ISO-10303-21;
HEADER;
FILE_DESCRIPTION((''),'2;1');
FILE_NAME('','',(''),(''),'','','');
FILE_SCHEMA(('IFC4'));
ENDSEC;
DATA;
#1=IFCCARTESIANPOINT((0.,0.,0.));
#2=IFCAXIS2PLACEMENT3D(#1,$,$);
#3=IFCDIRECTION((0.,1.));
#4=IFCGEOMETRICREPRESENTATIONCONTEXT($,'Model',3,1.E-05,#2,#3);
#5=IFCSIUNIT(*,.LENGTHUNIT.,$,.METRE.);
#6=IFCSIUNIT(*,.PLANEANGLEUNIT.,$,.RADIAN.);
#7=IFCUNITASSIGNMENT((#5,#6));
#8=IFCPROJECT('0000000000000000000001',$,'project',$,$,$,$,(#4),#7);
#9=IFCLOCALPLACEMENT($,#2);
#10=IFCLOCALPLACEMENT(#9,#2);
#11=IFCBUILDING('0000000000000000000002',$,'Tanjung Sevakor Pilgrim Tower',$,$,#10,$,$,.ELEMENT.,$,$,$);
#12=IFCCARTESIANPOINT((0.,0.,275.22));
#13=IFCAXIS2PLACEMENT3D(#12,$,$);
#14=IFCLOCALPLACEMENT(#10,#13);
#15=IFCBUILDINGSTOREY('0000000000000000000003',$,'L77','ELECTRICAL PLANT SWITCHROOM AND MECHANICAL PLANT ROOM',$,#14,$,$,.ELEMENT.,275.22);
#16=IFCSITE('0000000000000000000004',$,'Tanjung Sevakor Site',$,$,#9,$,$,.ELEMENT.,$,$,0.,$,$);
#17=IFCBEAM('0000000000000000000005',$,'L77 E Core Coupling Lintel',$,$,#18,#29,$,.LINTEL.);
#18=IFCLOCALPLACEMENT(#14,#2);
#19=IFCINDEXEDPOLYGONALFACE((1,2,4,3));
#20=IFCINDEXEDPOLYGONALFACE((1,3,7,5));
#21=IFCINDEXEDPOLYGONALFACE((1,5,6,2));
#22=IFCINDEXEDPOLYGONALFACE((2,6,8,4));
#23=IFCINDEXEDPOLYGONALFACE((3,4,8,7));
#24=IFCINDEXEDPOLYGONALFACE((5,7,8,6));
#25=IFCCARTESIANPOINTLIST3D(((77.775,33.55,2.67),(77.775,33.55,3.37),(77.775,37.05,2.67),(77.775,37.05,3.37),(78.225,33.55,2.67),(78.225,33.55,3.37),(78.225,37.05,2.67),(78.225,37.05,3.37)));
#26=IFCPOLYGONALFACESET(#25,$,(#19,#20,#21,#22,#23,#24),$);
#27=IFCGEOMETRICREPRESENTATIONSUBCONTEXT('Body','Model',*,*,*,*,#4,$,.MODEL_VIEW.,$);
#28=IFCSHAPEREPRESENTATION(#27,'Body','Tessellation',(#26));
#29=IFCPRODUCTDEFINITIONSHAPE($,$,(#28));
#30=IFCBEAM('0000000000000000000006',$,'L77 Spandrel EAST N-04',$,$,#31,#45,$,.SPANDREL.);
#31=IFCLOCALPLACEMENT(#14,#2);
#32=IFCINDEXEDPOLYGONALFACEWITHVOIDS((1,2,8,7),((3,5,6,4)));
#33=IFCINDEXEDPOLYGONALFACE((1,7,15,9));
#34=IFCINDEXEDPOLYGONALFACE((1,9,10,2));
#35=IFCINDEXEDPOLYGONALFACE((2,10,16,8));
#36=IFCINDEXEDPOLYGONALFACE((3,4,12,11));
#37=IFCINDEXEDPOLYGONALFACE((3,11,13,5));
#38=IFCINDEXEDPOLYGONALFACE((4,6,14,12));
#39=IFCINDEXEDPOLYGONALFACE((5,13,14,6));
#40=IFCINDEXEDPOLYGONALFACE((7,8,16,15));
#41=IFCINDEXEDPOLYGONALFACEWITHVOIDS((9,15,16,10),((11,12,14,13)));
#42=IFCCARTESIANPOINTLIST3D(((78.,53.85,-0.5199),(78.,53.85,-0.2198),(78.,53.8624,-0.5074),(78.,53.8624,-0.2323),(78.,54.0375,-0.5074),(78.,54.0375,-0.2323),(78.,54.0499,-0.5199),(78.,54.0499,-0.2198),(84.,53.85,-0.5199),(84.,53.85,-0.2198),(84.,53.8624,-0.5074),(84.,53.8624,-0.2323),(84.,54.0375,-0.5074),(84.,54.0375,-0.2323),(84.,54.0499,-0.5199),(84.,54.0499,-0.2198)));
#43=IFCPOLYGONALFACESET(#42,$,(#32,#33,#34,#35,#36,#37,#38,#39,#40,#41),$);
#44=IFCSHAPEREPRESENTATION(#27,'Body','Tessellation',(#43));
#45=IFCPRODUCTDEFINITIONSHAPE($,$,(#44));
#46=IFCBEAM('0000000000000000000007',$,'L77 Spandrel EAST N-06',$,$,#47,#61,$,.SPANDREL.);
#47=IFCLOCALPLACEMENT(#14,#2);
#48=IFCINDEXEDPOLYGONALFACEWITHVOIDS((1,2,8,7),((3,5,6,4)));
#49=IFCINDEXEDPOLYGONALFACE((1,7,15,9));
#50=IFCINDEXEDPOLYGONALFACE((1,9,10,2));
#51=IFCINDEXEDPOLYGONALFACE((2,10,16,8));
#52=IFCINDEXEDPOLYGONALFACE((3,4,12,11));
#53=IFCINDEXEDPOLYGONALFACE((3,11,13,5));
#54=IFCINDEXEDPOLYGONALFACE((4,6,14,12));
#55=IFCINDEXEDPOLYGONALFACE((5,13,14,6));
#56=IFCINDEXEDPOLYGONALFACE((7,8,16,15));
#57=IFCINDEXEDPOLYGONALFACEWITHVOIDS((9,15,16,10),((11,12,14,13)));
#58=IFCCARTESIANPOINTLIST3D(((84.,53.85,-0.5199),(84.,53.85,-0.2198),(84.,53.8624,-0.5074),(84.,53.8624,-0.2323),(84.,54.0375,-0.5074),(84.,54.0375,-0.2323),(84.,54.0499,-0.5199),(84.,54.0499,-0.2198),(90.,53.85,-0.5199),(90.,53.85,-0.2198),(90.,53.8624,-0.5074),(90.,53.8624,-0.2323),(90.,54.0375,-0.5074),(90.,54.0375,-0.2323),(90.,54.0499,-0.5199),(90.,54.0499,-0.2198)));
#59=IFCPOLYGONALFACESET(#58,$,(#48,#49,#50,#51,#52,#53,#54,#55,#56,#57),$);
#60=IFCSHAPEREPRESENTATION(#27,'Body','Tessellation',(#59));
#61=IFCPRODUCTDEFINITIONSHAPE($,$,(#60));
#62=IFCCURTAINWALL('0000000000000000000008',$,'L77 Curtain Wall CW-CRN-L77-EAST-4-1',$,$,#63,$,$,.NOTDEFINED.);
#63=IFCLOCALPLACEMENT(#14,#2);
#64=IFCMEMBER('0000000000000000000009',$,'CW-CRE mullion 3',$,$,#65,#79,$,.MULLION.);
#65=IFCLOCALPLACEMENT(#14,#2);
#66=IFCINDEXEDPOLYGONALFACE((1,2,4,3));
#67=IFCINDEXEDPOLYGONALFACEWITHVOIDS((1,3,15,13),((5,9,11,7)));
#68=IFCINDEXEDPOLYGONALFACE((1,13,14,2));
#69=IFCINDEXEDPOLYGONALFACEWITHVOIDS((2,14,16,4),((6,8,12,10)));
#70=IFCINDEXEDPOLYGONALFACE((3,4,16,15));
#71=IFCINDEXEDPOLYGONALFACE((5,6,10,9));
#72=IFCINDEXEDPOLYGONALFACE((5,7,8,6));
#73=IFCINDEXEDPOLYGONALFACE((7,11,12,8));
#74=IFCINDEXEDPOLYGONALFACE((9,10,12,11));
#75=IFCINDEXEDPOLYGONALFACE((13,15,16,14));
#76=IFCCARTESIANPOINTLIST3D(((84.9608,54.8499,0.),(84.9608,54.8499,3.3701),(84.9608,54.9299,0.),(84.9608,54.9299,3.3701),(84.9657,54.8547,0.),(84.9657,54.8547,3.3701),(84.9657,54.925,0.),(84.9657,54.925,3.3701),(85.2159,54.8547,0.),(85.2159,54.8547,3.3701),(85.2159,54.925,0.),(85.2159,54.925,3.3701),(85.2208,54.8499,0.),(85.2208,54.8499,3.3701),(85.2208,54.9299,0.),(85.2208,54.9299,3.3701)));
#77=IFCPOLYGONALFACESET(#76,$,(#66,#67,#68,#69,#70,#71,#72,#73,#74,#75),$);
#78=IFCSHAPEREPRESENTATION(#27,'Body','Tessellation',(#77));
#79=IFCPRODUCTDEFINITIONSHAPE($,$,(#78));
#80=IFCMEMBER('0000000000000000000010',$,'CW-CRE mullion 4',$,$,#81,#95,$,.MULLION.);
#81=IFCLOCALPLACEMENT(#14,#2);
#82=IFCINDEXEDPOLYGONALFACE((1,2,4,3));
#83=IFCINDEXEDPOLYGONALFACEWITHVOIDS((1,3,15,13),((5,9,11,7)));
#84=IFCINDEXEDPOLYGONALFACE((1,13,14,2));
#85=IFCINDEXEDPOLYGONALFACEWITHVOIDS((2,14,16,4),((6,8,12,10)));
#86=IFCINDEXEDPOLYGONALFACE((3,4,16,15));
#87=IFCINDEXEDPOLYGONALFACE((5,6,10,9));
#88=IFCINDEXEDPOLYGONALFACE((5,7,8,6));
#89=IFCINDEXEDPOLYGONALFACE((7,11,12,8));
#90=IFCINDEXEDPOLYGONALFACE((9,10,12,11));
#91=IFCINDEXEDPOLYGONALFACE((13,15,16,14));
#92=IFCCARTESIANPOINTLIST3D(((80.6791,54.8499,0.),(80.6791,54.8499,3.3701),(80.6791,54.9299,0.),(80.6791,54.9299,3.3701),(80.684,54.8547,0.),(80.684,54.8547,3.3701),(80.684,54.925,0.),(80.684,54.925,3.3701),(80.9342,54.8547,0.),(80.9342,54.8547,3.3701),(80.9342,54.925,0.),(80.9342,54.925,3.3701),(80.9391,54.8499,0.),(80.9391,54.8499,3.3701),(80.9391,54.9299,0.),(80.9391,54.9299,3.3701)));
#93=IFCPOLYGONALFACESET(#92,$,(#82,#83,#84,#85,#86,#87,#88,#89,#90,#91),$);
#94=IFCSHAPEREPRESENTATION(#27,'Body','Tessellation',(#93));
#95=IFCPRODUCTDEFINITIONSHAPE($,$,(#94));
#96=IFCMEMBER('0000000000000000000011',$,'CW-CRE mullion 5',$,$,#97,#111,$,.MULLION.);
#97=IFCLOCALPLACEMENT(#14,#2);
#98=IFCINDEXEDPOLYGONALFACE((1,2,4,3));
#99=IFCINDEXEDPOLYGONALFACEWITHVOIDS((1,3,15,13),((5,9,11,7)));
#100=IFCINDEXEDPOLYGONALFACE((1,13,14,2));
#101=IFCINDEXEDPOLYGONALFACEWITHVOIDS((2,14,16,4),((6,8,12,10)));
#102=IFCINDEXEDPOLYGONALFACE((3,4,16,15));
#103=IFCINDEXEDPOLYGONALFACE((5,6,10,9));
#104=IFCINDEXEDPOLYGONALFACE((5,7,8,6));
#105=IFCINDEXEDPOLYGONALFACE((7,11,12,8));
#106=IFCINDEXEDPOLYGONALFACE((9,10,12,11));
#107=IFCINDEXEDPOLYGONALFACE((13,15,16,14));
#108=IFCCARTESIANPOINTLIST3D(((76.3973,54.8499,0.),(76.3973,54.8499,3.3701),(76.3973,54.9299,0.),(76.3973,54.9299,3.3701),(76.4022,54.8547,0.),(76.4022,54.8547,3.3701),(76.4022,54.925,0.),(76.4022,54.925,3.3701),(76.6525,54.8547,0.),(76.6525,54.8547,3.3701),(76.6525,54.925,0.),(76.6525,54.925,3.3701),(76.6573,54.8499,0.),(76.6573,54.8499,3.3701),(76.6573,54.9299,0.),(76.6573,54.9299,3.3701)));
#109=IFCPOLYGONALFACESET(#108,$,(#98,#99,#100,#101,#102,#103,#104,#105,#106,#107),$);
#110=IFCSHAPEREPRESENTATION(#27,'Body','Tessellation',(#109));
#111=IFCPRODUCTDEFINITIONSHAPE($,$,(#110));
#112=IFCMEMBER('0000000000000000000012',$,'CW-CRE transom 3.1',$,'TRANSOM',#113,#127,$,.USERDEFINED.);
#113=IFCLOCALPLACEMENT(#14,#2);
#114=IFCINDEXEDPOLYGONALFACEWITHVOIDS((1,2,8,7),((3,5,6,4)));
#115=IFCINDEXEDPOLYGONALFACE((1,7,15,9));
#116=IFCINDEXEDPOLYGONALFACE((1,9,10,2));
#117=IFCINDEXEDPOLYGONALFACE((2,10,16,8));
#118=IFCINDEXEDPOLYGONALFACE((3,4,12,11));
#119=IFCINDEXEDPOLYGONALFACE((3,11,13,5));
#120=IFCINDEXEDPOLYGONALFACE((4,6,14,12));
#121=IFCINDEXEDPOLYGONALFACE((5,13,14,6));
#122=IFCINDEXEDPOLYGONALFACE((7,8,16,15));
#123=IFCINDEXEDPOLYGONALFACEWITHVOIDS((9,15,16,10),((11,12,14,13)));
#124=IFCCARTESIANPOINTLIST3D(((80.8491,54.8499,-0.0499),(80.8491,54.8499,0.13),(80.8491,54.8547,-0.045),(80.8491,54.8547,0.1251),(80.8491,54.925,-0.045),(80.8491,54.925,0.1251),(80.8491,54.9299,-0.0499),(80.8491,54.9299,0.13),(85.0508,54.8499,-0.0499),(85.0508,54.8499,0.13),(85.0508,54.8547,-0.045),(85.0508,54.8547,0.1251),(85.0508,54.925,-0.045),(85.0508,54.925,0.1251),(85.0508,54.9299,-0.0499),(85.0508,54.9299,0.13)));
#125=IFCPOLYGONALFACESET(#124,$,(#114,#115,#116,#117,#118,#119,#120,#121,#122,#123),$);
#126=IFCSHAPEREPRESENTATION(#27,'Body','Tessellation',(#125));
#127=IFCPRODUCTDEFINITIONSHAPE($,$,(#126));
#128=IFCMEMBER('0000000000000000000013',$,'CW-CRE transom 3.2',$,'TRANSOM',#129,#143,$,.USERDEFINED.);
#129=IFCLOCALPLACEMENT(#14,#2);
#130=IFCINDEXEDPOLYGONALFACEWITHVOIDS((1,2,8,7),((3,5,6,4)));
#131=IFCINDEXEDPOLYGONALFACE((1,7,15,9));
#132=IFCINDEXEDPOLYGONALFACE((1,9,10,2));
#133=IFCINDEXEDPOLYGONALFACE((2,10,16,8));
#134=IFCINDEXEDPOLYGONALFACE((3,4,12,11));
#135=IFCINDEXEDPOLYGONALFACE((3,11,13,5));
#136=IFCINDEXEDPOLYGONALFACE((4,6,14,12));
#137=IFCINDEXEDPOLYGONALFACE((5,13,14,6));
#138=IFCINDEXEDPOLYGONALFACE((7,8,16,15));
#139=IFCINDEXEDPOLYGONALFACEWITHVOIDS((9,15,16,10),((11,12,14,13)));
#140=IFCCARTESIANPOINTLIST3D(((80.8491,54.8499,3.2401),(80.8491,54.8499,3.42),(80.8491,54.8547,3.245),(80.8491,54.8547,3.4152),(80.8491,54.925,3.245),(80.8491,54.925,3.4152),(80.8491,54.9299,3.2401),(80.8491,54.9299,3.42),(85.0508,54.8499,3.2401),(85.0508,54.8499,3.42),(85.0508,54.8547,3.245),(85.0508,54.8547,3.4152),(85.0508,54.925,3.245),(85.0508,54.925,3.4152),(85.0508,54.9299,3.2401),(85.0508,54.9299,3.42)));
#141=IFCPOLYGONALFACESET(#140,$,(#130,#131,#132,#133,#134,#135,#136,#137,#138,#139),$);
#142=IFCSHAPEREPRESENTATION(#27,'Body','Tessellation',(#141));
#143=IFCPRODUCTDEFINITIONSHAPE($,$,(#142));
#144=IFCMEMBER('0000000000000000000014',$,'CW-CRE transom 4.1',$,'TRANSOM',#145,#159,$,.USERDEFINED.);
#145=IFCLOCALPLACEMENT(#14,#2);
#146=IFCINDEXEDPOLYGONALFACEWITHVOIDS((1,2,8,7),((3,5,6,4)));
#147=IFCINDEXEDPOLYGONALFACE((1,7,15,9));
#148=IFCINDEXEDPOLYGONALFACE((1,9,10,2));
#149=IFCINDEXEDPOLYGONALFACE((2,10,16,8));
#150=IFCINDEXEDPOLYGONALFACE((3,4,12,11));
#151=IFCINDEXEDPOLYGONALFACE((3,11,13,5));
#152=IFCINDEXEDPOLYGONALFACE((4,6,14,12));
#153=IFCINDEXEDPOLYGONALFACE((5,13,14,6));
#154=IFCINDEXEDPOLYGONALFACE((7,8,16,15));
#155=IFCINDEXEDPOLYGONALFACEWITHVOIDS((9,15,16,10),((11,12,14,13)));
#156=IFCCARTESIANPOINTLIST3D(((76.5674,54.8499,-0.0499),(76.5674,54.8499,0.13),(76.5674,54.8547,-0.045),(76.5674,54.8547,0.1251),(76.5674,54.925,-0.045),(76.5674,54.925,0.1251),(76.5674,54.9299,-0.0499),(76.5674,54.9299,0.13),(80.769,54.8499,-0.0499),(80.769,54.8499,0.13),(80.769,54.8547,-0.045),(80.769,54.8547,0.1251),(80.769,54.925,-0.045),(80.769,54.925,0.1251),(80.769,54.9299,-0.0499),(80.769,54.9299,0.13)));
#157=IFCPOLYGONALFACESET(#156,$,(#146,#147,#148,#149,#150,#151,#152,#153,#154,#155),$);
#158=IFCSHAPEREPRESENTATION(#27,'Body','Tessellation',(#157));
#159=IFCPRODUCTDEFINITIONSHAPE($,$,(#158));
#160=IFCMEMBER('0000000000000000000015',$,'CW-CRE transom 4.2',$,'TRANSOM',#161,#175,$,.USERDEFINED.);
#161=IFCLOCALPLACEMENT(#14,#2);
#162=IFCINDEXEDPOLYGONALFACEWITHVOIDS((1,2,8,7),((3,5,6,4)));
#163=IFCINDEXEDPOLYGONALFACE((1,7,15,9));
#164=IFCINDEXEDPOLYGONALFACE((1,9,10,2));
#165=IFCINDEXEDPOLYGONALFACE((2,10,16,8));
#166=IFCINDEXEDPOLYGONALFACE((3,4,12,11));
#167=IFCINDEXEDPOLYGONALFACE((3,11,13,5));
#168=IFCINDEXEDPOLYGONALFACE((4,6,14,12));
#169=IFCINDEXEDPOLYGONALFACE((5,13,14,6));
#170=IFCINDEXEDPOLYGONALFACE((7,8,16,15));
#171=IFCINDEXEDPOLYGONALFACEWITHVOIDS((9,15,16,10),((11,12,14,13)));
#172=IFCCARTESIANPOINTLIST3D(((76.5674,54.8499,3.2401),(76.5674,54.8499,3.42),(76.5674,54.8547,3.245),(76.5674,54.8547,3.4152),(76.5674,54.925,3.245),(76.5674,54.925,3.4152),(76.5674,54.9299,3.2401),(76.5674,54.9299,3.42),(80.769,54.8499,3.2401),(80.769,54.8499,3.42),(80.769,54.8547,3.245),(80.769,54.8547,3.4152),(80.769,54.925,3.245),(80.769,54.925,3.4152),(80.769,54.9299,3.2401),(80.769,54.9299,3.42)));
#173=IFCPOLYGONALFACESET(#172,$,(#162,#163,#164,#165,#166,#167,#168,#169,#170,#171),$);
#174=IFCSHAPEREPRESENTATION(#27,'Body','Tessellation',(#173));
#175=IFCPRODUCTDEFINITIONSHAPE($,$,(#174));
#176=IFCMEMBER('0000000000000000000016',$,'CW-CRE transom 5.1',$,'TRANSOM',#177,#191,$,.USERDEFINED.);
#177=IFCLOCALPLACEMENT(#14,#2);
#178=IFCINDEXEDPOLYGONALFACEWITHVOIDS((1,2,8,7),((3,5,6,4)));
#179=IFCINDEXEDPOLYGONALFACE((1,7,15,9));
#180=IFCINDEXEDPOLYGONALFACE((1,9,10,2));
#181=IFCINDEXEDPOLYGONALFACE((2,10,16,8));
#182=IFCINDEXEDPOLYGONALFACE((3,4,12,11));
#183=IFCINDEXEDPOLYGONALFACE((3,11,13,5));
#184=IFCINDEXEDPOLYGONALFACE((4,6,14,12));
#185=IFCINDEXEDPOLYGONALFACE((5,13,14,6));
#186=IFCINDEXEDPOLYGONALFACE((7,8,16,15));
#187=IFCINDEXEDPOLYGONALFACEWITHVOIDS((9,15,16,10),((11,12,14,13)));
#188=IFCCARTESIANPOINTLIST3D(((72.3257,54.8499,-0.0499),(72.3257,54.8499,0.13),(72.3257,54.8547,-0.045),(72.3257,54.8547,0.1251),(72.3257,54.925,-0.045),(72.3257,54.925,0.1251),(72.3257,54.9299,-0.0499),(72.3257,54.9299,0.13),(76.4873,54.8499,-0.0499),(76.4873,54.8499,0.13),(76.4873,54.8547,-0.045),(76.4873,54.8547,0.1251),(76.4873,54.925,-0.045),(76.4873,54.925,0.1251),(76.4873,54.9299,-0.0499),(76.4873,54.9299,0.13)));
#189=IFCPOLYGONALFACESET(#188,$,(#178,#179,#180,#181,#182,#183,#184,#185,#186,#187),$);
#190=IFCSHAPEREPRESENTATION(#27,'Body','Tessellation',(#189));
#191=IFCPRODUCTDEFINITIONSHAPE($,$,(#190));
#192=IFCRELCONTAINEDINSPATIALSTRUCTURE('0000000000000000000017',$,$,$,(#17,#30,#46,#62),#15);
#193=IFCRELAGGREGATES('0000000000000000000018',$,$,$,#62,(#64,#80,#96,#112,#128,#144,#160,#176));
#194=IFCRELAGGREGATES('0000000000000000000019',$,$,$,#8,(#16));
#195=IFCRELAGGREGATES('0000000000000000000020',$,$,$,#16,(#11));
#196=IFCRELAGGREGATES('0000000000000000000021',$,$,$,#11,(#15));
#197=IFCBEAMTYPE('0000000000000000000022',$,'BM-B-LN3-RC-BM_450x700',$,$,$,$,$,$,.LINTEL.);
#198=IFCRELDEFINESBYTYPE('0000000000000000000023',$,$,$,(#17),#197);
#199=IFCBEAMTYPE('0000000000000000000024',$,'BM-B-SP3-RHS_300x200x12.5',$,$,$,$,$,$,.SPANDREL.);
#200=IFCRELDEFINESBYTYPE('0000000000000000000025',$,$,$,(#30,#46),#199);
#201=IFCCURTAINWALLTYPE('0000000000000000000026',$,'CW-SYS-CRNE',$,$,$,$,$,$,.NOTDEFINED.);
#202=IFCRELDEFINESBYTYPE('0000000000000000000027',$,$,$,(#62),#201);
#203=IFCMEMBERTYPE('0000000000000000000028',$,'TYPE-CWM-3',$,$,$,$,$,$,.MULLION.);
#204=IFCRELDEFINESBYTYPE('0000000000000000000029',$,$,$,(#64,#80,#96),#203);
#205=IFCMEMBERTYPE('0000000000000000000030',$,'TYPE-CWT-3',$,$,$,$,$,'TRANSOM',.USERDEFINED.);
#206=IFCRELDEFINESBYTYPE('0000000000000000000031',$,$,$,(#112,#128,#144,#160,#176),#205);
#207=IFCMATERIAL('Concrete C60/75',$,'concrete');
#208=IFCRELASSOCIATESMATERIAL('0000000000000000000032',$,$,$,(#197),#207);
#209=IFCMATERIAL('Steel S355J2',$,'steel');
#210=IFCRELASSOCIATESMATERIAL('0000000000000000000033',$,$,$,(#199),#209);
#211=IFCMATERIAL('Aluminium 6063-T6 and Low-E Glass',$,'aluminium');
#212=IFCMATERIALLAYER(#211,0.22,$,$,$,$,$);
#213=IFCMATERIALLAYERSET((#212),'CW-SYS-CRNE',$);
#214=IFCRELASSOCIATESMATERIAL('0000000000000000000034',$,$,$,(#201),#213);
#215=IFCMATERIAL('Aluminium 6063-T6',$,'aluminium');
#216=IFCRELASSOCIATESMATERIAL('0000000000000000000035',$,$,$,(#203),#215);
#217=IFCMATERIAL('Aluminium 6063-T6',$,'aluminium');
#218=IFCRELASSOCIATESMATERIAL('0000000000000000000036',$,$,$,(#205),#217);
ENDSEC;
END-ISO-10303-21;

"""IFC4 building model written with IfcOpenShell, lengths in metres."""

from ifc_helpers import new_model, si_unit, direction, frame, origin, origin_2d, place, context, subcontext, project, spatial, rectangle, hollow_rectangle, extrude, material, layer, layer_set, material_profile, profile_set, type_object, element, aggregate, save


model = new_model("IFC4")

# Units and contexts
model_context = context("Model", 3, precision=1e-05, world=origin(), true_north=direction((0.0, 1.0)))
body_context = subcontext(model_context, "Body", "Model", "MODEL_VIEW")
ifc_project = project(units=[si_unit("LENGTHUNIT", "METRE"), si_unit("PLANEANGLEUNIT", "RADIAN")], contexts=[model_context])

# Site, building, storey
site_placement = place(None, origin())
site = spatial("IfcSite", under=ifc_project, at=site_placement, Name="Tanjung Sevakor Site", CompositionType="ELEMENT", RefElevation=0.0)
building_placement = place(site_placement, origin())
building = spatial("IfcBuilding", under=site, at=building_placement, Name="Tanjung Sevakor Pilgrim Tower", CompositionType="ELEMENT")
storey_placement = place(building_placement, frame((0.0, 0.0, 275.22)))
storey = spatial("IfcBuildingStorey", under=building, at=storey_placement, Name="L77", Description="ELECTRICAL PLANT SWITCHROOM AND MECHANICAL PLANT ROOM", CompositionType="ELEMENT", Elevation=275.22)

# Beams
ifc_material_1 = material(Name="Concrete C60/75", Category="concrete")
ifc_material_profile_1 = material_profile(ifc_material_1, rectangle(XDim=0.45, YDim=0.7, at=origin_2d()))
ifc_profile_set_1 = profile_set([ifc_material_profile_1], Name="Concrete C60/75")
beam_type_1 = type_object("IfcBeamType", Name="BM-B-LN3-RC-BM_450x700", PredefinedType="LINTEL", material=ifc_profile_set_1)
beam_placement = place(storey_placement, frame((78.0, 33.55, 3.02), z_axis=(0.0, 1.0, 0.0), x_axis=(-1.0, 0.0, 0.0)))
element("IfcBeam", 1, at=beam_placement, inside=storey, type_object=beam_type_1, Name="L77 E Core Coupling Lintel", PredefinedType="LINTEL", context=body_context, shape_type="SweptSolid", body=[
    extrude(rectangle(XDim=0.45, YDim=0.7, at=origin_2d()), origin(), (0.0, 0.0, 1.0), 3.5),
])
ifc_material_2 = material(Name="Steel S355J2", Category="steel")
ifc_material_profile_2 = material_profile(ifc_material_2, hollow_rectangle(XDim=0.2, YDim=0.3, WallThickness=0.0125, at=origin_2d()))
ifc_profile_set_2 = profile_set([ifc_material_profile_2], Name="Steel S355J2")
beam_type_2 = type_object("IfcBeamType", Name="BM-B-SP3-RHS_300x200x12.5", PredefinedType="SPANDREL", material=ifc_profile_set_2)
for number, where, z_axis, x_axis, name in (
    (2, (78.0, 53.95, -0.3699), (1.0, 0.0, 0.0), (0.0, 1.0, 0.0), "L77 Spandrel EAST N-04"),
    (3, (84.0, 53.95, -0.3699), (1.0, 0.0, 0.0), (0.0, 1.0, 0.0), "L77 Spandrel EAST N-06"),
):
    element("IfcBeam", number, at=place(storey_placement, frame(where, z_axis=z_axis, x_axis=x_axis)), inside=storey, type_object=beam_type_2, Name=name, PredefinedType="SPANDREL", context=body_context, shape_type="SweptSolid", body=[
        extrude(hollow_rectangle(XDim=0.2, YDim=0.3, WallThickness=0.0125, at=origin_2d()), origin(), (0.0, 0.0, 1.0), 6.0),
    ])

# Curtain wall, members
ifc_material_3 = material(Name="Aluminium 6063-T6 and Low-E Glass", Category="aluminium")
ifc_layer_1 = layer(ifc_material_3, 0.22)
ifc_layer_set_1 = layer_set([ifc_layer_1], Name="CW-SYS-CRNE")
curtain_wall_type = type_object("IfcCurtainWallType", Name="CW-SYS-CRNE", PredefinedType="NOTDEFINED", material=ifc_layer_set_1)
curtain_wall_placement = place(storey_placement, origin())
curtain_wall = element("IfcCurtainWall", 4, at=curtain_wall_placement, inside=storey, type_object=curtain_wall_type, Name="L77 Curtain Wall CW-CRN-L77-EAST-4-1", PredefinedType="NOTDEFINED")
ifc_material_4 = material(Name="Aluminium 6063-T6", Category="aluminium")
ifc_material_profile_3 = material_profile(ifc_material_4, hollow_rectangle(XDim=0.0801, YDim=0.26, WallThickness=0.0049, at=origin_2d()))
ifc_profile_set_3 = profile_set([ifc_material_profile_3], Name="Aluminium 6063-T6")
member_type_1 = type_object("IfcMemberType", Name="TYPE-CWM-3", PredefinedType="MULLION", material=ifc_profile_set_3)
member_1_placement = place(storey_placement, frame((85.0908, 54.8899, 0.0), z_axis=(0.0, 0.0, 1.0), x_axis=(0.0, -1.0, 0.0)))
member_1 = element("IfcMember", 5, at=member_1_placement, type_object=member_type_1, Name="CW-CRE mullion 3", PredefinedType="MULLION", context=body_context, shape_type="SweptSolid", body=[
    extrude(hollow_rectangle(XDim=0.0801, YDim=0.26, WallThickness=0.0049, at=origin_2d()), origin(), (0.0, 0.0, 1.0), 3.3701),
])
member_2_placement = place(storey_placement, frame((80.8091, 54.8899, 0.0), z_axis=(0.0, 0.0, 1.0), x_axis=(0.0, -1.0, 0.0)))
member_2 = element("IfcMember", 6, at=member_2_placement, type_object=member_type_1, Name="CW-CRE mullion 4", PredefinedType="MULLION", context=body_context, shape_type="SweptSolid", body=[
    extrude(hollow_rectangle(XDim=0.0801, YDim=0.26, WallThickness=0.0049, at=origin_2d()), origin(), (0.0, 0.0, 1.0), 3.3701),
])
member_3_placement = place(storey_placement, frame((76.5273, 54.8899, 0.0), z_axis=(0.0, 0.0, 1.0), x_axis=(0.0, -1.0, 0.0)))
member_3 = element("IfcMember", 7, at=member_3_placement, type_object=member_type_1, Name="CW-CRE mullion 5", PredefinedType="MULLION", context=body_context, shape_type="SweptSolid", body=[
    extrude(hollow_rectangle(XDim=0.0801, YDim=0.26, WallThickness=0.0049, at=origin_2d()), origin(), (0.0, 0.0, 1.0), 3.3701),
])
ifc_material_5 = material(Name="Aluminium 6063-T6", Category="aluminium")
ifc_material_profile_4 = material_profile(ifc_material_5, hollow_rectangle(XDim=0.0801, YDim=0.1799, WallThickness=0.0049, at=origin_2d()))
ifc_profile_set_4 = profile_set([ifc_material_profile_4], Name="Aluminium 6063-T6")
member_type_2 = type_object("IfcMemberType", Name="TYPE-CWT-3", ElementType="TRANSOM", PredefinedType="USERDEFINED", material=ifc_profile_set_4)
member_4_placement = place(storey_placement, frame((85.0508, 54.8899, 0.04), z_axis=(-1.0, 0.0, 0.0), x_axis=(0.0, -1.0, 0.0)))
member_4 = element("IfcMember", 8, at=member_4_placement, type_object=member_type_2, Name="CW-CRE transom 3.1", ObjectType="TRANSOM", PredefinedType="USERDEFINED", context=body_context, shape_type="SweptSolid", body=[
    extrude(hollow_rectangle(XDim=0.0801, YDim=0.1799, WallThickness=0.0049, at=origin_2d()), origin(), (0.0, 0.0, 1.0), 4.2017),
])
member_5_placement = place(storey_placement, frame((85.0508, 54.8899, 3.3301), z_axis=(-1.0, 0.0, 0.0), x_axis=(0.0, -1.0, 0.0)))
member_5 = element("IfcMember", 9, at=member_5_placement, type_object=member_type_2, Name="CW-CRE transom 3.2", ObjectType="TRANSOM", PredefinedType="USERDEFINED", context=body_context, shape_type="SweptSolid", body=[
    extrude(hollow_rectangle(XDim=0.0801, YDim=0.1799, WallThickness=0.0049, at=origin_2d()), origin(), (0.0, 0.0, 1.0), 4.2017),
])
member_6_placement = place(storey_placement, frame((80.769, 54.8899, 0.04), z_axis=(-1.0, 0.0, 0.0), x_axis=(0.0, -1.0, 0.0)))
member_6 = element("IfcMember", 10, at=member_6_placement, type_object=member_type_2, Name="CW-CRE transom 4.1", ObjectType="TRANSOM", PredefinedType="USERDEFINED", context=body_context, shape_type="SweptSolid", body=[
    extrude(hollow_rectangle(XDim=0.0801, YDim=0.1799, WallThickness=0.0049, at=origin_2d()), origin(), (0.0, 0.0, 1.0), 4.2017),
])
member_7_placement = place(storey_placement, frame((80.769, 54.8899, 3.3301), z_axis=(-1.0, 0.0, 0.0), x_axis=(0.0, -1.0, 0.0)))
member_7 = element("IfcMember", 11, at=member_7_placement, type_object=member_type_2, Name="CW-CRE transom 4.2", ObjectType="TRANSOM", PredefinedType="USERDEFINED", context=body_context, shape_type="SweptSolid", body=[
    extrude(hollow_rectangle(XDim=0.0801, YDim=0.1799, WallThickness=0.0049, at=origin_2d()), origin(), (0.0, 0.0, 1.0), 4.2017),
])
member_8_placement = place(storey_placement, frame((76.4873, 54.8899, 0.04), z_axis=(-1.0, 0.0, 0.0), x_axis=(0.0, -1.0, 0.0)))
member_8 = element("IfcMember", 12, at=member_8_placement, type_object=member_type_2, Name="CW-CRE transom 5.1", ObjectType="TRANSOM", PredefinedType="USERDEFINED", context=body_context, shape_type="SweptSolid", body=[
    extrude(hollow_rectangle(XDim=0.0801, YDim=0.1799, WallThickness=0.0049, at=origin_2d()), origin(), (0.0, 0.0, 1.0), 4.1616),
])
aggregate(curtain_wall, [member_1, member_2, member_3, member_4, member_5, member_6, member_7, member_8])

save(model, "model.ifc")
